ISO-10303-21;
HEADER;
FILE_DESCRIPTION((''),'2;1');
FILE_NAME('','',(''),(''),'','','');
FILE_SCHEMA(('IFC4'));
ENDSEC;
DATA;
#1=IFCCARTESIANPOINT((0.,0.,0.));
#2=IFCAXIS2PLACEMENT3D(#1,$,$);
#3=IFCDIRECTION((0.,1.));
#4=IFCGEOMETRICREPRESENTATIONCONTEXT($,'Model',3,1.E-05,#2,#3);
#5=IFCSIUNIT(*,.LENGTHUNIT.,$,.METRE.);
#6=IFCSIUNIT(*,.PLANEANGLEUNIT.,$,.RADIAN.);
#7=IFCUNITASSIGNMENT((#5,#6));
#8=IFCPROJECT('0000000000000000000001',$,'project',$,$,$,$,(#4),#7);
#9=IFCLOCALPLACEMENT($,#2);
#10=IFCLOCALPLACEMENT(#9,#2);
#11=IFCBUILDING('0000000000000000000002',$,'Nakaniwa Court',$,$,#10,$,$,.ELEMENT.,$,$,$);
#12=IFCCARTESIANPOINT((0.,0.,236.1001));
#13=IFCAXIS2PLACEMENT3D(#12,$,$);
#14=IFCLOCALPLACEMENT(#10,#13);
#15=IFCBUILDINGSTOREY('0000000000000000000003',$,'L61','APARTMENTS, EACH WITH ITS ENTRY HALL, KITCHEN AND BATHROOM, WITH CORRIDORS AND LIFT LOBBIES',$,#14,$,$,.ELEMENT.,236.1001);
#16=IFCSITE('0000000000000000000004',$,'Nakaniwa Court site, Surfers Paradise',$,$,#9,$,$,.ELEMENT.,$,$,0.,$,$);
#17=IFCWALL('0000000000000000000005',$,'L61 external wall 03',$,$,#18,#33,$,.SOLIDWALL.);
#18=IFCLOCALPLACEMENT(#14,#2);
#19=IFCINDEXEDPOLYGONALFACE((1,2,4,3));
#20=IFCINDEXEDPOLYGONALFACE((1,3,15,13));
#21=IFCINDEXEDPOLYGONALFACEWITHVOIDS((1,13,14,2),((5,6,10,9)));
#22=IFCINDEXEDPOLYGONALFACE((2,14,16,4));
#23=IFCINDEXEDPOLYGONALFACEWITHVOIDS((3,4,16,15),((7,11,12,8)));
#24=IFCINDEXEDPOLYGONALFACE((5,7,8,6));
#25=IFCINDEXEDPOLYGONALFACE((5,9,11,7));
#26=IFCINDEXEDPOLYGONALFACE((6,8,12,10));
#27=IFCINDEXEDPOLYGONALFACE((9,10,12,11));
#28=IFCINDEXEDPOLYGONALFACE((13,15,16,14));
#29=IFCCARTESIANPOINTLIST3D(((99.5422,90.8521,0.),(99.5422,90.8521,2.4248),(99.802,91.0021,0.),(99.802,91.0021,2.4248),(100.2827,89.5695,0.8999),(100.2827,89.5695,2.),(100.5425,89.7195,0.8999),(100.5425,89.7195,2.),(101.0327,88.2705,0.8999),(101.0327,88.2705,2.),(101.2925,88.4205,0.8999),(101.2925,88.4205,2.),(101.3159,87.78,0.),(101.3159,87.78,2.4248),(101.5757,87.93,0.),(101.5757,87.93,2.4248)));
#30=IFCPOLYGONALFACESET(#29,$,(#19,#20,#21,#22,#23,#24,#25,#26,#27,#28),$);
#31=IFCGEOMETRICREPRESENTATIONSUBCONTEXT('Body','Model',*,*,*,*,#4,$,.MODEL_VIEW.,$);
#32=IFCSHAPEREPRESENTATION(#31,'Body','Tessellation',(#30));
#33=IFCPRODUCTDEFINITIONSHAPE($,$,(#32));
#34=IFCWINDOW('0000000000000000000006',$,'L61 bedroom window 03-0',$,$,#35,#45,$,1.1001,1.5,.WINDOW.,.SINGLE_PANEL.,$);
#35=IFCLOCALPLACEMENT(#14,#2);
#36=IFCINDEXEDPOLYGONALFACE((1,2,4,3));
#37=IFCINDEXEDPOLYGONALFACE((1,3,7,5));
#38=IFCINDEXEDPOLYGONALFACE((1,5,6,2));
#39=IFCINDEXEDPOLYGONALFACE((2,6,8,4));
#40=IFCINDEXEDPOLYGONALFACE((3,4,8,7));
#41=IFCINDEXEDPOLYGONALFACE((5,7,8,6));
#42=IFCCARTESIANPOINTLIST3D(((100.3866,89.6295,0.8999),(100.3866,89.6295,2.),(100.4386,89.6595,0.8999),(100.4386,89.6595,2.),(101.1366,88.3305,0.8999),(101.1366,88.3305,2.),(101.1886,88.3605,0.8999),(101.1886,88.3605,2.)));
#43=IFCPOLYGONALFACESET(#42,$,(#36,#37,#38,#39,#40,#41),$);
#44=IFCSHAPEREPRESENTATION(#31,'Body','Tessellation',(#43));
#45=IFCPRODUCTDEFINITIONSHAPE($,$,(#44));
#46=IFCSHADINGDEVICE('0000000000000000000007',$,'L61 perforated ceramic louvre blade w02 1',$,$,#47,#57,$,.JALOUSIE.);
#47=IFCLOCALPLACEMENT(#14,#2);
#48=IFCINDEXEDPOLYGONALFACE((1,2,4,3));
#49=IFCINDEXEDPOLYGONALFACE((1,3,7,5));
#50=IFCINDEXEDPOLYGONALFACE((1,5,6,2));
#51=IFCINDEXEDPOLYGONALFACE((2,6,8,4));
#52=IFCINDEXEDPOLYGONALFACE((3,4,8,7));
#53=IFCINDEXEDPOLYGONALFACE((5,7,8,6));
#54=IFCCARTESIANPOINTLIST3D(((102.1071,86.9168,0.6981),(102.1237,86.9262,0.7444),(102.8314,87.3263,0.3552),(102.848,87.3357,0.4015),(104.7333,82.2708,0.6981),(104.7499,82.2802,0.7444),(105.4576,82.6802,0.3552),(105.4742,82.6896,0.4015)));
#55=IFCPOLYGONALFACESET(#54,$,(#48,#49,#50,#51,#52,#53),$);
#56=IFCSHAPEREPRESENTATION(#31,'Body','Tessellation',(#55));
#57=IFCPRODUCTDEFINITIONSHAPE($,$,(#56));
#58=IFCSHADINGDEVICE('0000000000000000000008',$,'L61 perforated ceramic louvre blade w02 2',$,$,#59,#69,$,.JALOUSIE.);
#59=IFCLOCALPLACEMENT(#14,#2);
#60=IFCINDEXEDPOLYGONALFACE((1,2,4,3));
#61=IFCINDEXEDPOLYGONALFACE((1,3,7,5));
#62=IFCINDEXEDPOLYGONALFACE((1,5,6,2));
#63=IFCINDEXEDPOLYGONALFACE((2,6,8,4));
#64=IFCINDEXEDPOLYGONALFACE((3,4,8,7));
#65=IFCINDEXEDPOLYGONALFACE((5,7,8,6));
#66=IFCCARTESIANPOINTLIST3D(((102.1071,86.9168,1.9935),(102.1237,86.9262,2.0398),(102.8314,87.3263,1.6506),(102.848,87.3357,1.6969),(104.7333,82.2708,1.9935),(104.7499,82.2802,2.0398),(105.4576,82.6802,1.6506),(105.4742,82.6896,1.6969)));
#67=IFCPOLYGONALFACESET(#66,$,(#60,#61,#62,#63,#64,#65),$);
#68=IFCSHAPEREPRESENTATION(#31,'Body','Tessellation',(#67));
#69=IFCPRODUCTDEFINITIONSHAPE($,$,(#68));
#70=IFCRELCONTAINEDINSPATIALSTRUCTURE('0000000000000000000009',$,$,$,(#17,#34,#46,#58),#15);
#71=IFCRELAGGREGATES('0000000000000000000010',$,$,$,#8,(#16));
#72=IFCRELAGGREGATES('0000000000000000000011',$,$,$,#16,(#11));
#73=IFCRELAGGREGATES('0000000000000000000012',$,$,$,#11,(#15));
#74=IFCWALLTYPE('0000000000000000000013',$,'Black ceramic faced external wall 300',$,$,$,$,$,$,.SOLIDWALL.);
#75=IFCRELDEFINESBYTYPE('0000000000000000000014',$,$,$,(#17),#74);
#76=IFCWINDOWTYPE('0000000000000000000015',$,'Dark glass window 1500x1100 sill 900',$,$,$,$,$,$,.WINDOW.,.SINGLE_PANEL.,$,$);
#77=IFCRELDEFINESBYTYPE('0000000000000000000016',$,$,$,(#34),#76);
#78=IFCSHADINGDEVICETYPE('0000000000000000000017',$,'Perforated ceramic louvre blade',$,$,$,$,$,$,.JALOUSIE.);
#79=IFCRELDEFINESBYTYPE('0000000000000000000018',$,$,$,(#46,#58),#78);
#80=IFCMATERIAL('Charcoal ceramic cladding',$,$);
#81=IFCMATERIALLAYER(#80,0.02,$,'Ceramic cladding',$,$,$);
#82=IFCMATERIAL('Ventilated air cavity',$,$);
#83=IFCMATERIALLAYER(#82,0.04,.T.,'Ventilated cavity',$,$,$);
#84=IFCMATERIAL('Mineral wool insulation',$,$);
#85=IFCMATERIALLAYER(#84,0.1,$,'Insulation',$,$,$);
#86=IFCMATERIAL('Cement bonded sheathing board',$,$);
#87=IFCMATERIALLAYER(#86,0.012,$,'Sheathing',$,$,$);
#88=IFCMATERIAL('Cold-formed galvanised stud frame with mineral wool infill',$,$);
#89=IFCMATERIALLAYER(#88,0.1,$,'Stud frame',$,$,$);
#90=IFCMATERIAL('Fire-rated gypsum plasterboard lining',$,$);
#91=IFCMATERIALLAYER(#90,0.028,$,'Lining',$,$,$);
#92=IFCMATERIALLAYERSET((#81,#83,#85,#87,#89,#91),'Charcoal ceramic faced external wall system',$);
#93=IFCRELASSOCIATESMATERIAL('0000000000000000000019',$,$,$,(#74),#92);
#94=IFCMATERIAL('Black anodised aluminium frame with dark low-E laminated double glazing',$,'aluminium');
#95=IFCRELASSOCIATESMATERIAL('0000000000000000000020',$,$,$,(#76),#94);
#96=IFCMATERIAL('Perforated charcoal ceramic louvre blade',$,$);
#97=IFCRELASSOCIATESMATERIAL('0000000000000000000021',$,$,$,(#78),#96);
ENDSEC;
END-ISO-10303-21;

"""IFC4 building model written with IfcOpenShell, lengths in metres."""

from ifc_helpers import new_model, si_unit, direction, frame, frame_2d, origin, origin_2d, place, context, subcontext, project, spatial, rectangle, extrude, material, layer, layer_set, material_profile, profile_set, type_object, element, fill, save


model = new_model("IFC4")

# Units and contexts
model_context = context("Model", 3, precision=1e-05, world=origin(), true_north=direction((0.0, 1.0)))
body_context = subcontext(model_context, "Body", "Model", "MODEL_VIEW")
ifc_project = project(units=[si_unit("LENGTHUNIT", "METRE"), si_unit("PLANEANGLEUNIT", "RADIAN")], contexts=[model_context])

# Site, building, storey
site_placement = place(None, origin())
site = spatial("IfcSite", under=ifc_project, at=site_placement, Name="Nakaniwa Court site, Surfers Paradise", CompositionType="ELEMENT", RefElevation=0.0)
building_placement = place(site_placement, origin())
building = spatial("IfcBuilding", under=site, at=building_placement, Name="Nakaniwa Court", CompositionType="ELEMENT")
storey_placement = place(building_placement, frame((0.0, 0.0, 236.1001)))
storey = spatial("IfcBuildingStorey", under=building, at=storey_placement, Name="L61", Description="APARTMENTS, EACH WITH ITS ENTRY HALL, KITCHEN AND BATHROOM, WITH CORRIDORS AND LIFT LOBBIES", CompositionType="ELEMENT", Elevation=236.1001)

# Shared definitions
ifc_material_1 = material(Name="Charcoal ceramic cladding")
ifc_layer_1 = layer(ifc_material_1, 0.02, Name="Ceramic cladding")
ifc_material_2 = material(Name="Ventilated air cavity")
ifc_layer_2 = layer(ifc_material_2, 0.04, ventilated=True, Name="Ventilated cavity")
ifc_material_3 = material(Name="Mineral wool insulation")
ifc_layer_3 = layer(ifc_material_3, 0.1, Name="Insulation")
ifc_material_4 = material(Name="Cement bonded sheathing board")
ifc_layer_4 = layer(ifc_material_4, 0.012, Name="Sheathing")
ifc_material_5 = material(Name="Cold-formed galvanised stud frame with mineral wool infill")
ifc_layer_5 = layer(ifc_material_5, 0.1, Name="Stud frame")
ifc_material_6 = material(Name="Fire-rated gypsum plasterboard lining")
ifc_layer_6 = layer(ifc_material_6, 0.028, Name="Lining")
ifc_layer_set = layer_set([ifc_layer_1, ifc_layer_2, ifc_layer_3, ifc_layer_4, ifc_layer_5, ifc_layer_6], Name="Charcoal ceramic faced external wall system")
wall_type = type_object("IfcWallType", Name="Black ceramic faced external wall 300", PredefinedType="SOLIDWALL", material=ifc_layer_set)
ifc_material_7 = material(Name="Black anodised aluminium frame with dark low-E laminated double glazing", Category="aluminium")
window_type = type_object("IfcWindowType", Name="Dark glass window 1500x1100 sill 900", PartitioningType="SINGLE_PANEL", PredefinedType="WINDOW", material=ifc_material_7)

# Wall, opening, window
wall_1_placement = place(storey_placement, frame((101.4458, 87.855, 0.0), z_axis=(0.0, 0.0, 1.0), x_axis=(-0.50001, 0.866019, 0.0)))
wall_1 = element("IfcWall", 1, at=wall_1_placement, inside=storey, type_object=wall_type, Name="L61 external wall 03", PredefinedType="SOLIDWALL", context=body_context, shape_type="SweptSolid", body=[
    extrude(rectangle(XDim=3.5474, YDim=0.3, at=frame_2d((1.7737, 0.0))), origin(), (0.0, 0.0, 1.0), 2.4248),
])
opening_1_placement = place(wall_1_placement, frame((0.5664, 0.0, 0.8999)))
opening_1 = element("IfcOpeningElement", 2, at=opening_1_placement, cuts=wall_1, PredefinedType="OPENING", context=body_context, shape_type="SweptSolid", body=[
    extrude(rectangle(XDim=1.5, YDim=1.1001, at=frame_2d((0.75, 0.55))), frame((0.0, 0.1599, 0.0), z_axis=(0.0, -1.0, 0.0), x_axis=(1.0, 0.0, 0.0)), (0.0, 0.0, 1.0), 0.3201),
])
window_1_placement = place(opening_1_placement, origin())
window_1 = element("IfcWindow", 3, at=window_1_placement, inside=storey, type_object=window_type, Name="L61 bedroom window 03-0", OverallHeight=1.1001, OverallWidth=1.5, PartitioningType="SINGLE_PANEL", PredefinedType="WINDOW", context=body_context, shape_type="SweptSolid", body=[
    extrude(rectangle(XDim=1.5, YDim=1.1001, at=frame_2d((0.75, 0.55))), frame((0.0, 0.03, 0.0), z_axis=(0.0, -1.0, 0.0), x_axis=(1.0, 0.0, 0.0)), (0.0, 0.0, 1.0), 0.0601),
])
fill(opening_1, window_1)

# Shading devices
ifc_material_8 = material(Name="Perforated charcoal ceramic louvre blade")
ifc_material_profile_1 = material_profile(ifc_material_8, rectangle(XDim=0.8999, YDim=0.05, at=origin_2d()), Name="Perforated ceramic louvre blade")
ifc_profile_set_1 = profile_set([ifc_material_profile_1], Name="Perforated charcoal ceramic louvre blade")
shading_device_type = type_object("IfcShadingDeviceType", Name="Perforated ceramic louvre blade", PredefinedType="JALOUSIE", material=ifc_profile_set_1)
for number, where, z_axis, x_axis, name in (
    (4, (105.1038, 82.4802, 0.5498), (-0.492089, 0.870545, 0.0), (-0.804859, -0.454959, 0.38107), "L61 perforated ceramic louvre blade w02 1"),
    (5, (105.1038, 82.4802, 1.8452), (-0.492089, 0.870545, 0.0), (-0.804859, -0.454959, 0.38107), "L61 perforated ceramic louvre blade w02 2"),
):
    element("IfcShadingDevice", number, at=place(storey_placement, frame(where, z_axis=z_axis, x_axis=x_axis)), inside=storey, type_object=shading_device_type, Name=name, PredefinedType="JALOUSIE", context=body_context, shape_type="SweptSolid", body=[
        extrude(rectangle(XDim=0.8999, YDim=0.05, at=origin_2d()), origin(), (0.0, 0.0, 1.0), 5.3369),
    ])

save(model, "model.ifc")
